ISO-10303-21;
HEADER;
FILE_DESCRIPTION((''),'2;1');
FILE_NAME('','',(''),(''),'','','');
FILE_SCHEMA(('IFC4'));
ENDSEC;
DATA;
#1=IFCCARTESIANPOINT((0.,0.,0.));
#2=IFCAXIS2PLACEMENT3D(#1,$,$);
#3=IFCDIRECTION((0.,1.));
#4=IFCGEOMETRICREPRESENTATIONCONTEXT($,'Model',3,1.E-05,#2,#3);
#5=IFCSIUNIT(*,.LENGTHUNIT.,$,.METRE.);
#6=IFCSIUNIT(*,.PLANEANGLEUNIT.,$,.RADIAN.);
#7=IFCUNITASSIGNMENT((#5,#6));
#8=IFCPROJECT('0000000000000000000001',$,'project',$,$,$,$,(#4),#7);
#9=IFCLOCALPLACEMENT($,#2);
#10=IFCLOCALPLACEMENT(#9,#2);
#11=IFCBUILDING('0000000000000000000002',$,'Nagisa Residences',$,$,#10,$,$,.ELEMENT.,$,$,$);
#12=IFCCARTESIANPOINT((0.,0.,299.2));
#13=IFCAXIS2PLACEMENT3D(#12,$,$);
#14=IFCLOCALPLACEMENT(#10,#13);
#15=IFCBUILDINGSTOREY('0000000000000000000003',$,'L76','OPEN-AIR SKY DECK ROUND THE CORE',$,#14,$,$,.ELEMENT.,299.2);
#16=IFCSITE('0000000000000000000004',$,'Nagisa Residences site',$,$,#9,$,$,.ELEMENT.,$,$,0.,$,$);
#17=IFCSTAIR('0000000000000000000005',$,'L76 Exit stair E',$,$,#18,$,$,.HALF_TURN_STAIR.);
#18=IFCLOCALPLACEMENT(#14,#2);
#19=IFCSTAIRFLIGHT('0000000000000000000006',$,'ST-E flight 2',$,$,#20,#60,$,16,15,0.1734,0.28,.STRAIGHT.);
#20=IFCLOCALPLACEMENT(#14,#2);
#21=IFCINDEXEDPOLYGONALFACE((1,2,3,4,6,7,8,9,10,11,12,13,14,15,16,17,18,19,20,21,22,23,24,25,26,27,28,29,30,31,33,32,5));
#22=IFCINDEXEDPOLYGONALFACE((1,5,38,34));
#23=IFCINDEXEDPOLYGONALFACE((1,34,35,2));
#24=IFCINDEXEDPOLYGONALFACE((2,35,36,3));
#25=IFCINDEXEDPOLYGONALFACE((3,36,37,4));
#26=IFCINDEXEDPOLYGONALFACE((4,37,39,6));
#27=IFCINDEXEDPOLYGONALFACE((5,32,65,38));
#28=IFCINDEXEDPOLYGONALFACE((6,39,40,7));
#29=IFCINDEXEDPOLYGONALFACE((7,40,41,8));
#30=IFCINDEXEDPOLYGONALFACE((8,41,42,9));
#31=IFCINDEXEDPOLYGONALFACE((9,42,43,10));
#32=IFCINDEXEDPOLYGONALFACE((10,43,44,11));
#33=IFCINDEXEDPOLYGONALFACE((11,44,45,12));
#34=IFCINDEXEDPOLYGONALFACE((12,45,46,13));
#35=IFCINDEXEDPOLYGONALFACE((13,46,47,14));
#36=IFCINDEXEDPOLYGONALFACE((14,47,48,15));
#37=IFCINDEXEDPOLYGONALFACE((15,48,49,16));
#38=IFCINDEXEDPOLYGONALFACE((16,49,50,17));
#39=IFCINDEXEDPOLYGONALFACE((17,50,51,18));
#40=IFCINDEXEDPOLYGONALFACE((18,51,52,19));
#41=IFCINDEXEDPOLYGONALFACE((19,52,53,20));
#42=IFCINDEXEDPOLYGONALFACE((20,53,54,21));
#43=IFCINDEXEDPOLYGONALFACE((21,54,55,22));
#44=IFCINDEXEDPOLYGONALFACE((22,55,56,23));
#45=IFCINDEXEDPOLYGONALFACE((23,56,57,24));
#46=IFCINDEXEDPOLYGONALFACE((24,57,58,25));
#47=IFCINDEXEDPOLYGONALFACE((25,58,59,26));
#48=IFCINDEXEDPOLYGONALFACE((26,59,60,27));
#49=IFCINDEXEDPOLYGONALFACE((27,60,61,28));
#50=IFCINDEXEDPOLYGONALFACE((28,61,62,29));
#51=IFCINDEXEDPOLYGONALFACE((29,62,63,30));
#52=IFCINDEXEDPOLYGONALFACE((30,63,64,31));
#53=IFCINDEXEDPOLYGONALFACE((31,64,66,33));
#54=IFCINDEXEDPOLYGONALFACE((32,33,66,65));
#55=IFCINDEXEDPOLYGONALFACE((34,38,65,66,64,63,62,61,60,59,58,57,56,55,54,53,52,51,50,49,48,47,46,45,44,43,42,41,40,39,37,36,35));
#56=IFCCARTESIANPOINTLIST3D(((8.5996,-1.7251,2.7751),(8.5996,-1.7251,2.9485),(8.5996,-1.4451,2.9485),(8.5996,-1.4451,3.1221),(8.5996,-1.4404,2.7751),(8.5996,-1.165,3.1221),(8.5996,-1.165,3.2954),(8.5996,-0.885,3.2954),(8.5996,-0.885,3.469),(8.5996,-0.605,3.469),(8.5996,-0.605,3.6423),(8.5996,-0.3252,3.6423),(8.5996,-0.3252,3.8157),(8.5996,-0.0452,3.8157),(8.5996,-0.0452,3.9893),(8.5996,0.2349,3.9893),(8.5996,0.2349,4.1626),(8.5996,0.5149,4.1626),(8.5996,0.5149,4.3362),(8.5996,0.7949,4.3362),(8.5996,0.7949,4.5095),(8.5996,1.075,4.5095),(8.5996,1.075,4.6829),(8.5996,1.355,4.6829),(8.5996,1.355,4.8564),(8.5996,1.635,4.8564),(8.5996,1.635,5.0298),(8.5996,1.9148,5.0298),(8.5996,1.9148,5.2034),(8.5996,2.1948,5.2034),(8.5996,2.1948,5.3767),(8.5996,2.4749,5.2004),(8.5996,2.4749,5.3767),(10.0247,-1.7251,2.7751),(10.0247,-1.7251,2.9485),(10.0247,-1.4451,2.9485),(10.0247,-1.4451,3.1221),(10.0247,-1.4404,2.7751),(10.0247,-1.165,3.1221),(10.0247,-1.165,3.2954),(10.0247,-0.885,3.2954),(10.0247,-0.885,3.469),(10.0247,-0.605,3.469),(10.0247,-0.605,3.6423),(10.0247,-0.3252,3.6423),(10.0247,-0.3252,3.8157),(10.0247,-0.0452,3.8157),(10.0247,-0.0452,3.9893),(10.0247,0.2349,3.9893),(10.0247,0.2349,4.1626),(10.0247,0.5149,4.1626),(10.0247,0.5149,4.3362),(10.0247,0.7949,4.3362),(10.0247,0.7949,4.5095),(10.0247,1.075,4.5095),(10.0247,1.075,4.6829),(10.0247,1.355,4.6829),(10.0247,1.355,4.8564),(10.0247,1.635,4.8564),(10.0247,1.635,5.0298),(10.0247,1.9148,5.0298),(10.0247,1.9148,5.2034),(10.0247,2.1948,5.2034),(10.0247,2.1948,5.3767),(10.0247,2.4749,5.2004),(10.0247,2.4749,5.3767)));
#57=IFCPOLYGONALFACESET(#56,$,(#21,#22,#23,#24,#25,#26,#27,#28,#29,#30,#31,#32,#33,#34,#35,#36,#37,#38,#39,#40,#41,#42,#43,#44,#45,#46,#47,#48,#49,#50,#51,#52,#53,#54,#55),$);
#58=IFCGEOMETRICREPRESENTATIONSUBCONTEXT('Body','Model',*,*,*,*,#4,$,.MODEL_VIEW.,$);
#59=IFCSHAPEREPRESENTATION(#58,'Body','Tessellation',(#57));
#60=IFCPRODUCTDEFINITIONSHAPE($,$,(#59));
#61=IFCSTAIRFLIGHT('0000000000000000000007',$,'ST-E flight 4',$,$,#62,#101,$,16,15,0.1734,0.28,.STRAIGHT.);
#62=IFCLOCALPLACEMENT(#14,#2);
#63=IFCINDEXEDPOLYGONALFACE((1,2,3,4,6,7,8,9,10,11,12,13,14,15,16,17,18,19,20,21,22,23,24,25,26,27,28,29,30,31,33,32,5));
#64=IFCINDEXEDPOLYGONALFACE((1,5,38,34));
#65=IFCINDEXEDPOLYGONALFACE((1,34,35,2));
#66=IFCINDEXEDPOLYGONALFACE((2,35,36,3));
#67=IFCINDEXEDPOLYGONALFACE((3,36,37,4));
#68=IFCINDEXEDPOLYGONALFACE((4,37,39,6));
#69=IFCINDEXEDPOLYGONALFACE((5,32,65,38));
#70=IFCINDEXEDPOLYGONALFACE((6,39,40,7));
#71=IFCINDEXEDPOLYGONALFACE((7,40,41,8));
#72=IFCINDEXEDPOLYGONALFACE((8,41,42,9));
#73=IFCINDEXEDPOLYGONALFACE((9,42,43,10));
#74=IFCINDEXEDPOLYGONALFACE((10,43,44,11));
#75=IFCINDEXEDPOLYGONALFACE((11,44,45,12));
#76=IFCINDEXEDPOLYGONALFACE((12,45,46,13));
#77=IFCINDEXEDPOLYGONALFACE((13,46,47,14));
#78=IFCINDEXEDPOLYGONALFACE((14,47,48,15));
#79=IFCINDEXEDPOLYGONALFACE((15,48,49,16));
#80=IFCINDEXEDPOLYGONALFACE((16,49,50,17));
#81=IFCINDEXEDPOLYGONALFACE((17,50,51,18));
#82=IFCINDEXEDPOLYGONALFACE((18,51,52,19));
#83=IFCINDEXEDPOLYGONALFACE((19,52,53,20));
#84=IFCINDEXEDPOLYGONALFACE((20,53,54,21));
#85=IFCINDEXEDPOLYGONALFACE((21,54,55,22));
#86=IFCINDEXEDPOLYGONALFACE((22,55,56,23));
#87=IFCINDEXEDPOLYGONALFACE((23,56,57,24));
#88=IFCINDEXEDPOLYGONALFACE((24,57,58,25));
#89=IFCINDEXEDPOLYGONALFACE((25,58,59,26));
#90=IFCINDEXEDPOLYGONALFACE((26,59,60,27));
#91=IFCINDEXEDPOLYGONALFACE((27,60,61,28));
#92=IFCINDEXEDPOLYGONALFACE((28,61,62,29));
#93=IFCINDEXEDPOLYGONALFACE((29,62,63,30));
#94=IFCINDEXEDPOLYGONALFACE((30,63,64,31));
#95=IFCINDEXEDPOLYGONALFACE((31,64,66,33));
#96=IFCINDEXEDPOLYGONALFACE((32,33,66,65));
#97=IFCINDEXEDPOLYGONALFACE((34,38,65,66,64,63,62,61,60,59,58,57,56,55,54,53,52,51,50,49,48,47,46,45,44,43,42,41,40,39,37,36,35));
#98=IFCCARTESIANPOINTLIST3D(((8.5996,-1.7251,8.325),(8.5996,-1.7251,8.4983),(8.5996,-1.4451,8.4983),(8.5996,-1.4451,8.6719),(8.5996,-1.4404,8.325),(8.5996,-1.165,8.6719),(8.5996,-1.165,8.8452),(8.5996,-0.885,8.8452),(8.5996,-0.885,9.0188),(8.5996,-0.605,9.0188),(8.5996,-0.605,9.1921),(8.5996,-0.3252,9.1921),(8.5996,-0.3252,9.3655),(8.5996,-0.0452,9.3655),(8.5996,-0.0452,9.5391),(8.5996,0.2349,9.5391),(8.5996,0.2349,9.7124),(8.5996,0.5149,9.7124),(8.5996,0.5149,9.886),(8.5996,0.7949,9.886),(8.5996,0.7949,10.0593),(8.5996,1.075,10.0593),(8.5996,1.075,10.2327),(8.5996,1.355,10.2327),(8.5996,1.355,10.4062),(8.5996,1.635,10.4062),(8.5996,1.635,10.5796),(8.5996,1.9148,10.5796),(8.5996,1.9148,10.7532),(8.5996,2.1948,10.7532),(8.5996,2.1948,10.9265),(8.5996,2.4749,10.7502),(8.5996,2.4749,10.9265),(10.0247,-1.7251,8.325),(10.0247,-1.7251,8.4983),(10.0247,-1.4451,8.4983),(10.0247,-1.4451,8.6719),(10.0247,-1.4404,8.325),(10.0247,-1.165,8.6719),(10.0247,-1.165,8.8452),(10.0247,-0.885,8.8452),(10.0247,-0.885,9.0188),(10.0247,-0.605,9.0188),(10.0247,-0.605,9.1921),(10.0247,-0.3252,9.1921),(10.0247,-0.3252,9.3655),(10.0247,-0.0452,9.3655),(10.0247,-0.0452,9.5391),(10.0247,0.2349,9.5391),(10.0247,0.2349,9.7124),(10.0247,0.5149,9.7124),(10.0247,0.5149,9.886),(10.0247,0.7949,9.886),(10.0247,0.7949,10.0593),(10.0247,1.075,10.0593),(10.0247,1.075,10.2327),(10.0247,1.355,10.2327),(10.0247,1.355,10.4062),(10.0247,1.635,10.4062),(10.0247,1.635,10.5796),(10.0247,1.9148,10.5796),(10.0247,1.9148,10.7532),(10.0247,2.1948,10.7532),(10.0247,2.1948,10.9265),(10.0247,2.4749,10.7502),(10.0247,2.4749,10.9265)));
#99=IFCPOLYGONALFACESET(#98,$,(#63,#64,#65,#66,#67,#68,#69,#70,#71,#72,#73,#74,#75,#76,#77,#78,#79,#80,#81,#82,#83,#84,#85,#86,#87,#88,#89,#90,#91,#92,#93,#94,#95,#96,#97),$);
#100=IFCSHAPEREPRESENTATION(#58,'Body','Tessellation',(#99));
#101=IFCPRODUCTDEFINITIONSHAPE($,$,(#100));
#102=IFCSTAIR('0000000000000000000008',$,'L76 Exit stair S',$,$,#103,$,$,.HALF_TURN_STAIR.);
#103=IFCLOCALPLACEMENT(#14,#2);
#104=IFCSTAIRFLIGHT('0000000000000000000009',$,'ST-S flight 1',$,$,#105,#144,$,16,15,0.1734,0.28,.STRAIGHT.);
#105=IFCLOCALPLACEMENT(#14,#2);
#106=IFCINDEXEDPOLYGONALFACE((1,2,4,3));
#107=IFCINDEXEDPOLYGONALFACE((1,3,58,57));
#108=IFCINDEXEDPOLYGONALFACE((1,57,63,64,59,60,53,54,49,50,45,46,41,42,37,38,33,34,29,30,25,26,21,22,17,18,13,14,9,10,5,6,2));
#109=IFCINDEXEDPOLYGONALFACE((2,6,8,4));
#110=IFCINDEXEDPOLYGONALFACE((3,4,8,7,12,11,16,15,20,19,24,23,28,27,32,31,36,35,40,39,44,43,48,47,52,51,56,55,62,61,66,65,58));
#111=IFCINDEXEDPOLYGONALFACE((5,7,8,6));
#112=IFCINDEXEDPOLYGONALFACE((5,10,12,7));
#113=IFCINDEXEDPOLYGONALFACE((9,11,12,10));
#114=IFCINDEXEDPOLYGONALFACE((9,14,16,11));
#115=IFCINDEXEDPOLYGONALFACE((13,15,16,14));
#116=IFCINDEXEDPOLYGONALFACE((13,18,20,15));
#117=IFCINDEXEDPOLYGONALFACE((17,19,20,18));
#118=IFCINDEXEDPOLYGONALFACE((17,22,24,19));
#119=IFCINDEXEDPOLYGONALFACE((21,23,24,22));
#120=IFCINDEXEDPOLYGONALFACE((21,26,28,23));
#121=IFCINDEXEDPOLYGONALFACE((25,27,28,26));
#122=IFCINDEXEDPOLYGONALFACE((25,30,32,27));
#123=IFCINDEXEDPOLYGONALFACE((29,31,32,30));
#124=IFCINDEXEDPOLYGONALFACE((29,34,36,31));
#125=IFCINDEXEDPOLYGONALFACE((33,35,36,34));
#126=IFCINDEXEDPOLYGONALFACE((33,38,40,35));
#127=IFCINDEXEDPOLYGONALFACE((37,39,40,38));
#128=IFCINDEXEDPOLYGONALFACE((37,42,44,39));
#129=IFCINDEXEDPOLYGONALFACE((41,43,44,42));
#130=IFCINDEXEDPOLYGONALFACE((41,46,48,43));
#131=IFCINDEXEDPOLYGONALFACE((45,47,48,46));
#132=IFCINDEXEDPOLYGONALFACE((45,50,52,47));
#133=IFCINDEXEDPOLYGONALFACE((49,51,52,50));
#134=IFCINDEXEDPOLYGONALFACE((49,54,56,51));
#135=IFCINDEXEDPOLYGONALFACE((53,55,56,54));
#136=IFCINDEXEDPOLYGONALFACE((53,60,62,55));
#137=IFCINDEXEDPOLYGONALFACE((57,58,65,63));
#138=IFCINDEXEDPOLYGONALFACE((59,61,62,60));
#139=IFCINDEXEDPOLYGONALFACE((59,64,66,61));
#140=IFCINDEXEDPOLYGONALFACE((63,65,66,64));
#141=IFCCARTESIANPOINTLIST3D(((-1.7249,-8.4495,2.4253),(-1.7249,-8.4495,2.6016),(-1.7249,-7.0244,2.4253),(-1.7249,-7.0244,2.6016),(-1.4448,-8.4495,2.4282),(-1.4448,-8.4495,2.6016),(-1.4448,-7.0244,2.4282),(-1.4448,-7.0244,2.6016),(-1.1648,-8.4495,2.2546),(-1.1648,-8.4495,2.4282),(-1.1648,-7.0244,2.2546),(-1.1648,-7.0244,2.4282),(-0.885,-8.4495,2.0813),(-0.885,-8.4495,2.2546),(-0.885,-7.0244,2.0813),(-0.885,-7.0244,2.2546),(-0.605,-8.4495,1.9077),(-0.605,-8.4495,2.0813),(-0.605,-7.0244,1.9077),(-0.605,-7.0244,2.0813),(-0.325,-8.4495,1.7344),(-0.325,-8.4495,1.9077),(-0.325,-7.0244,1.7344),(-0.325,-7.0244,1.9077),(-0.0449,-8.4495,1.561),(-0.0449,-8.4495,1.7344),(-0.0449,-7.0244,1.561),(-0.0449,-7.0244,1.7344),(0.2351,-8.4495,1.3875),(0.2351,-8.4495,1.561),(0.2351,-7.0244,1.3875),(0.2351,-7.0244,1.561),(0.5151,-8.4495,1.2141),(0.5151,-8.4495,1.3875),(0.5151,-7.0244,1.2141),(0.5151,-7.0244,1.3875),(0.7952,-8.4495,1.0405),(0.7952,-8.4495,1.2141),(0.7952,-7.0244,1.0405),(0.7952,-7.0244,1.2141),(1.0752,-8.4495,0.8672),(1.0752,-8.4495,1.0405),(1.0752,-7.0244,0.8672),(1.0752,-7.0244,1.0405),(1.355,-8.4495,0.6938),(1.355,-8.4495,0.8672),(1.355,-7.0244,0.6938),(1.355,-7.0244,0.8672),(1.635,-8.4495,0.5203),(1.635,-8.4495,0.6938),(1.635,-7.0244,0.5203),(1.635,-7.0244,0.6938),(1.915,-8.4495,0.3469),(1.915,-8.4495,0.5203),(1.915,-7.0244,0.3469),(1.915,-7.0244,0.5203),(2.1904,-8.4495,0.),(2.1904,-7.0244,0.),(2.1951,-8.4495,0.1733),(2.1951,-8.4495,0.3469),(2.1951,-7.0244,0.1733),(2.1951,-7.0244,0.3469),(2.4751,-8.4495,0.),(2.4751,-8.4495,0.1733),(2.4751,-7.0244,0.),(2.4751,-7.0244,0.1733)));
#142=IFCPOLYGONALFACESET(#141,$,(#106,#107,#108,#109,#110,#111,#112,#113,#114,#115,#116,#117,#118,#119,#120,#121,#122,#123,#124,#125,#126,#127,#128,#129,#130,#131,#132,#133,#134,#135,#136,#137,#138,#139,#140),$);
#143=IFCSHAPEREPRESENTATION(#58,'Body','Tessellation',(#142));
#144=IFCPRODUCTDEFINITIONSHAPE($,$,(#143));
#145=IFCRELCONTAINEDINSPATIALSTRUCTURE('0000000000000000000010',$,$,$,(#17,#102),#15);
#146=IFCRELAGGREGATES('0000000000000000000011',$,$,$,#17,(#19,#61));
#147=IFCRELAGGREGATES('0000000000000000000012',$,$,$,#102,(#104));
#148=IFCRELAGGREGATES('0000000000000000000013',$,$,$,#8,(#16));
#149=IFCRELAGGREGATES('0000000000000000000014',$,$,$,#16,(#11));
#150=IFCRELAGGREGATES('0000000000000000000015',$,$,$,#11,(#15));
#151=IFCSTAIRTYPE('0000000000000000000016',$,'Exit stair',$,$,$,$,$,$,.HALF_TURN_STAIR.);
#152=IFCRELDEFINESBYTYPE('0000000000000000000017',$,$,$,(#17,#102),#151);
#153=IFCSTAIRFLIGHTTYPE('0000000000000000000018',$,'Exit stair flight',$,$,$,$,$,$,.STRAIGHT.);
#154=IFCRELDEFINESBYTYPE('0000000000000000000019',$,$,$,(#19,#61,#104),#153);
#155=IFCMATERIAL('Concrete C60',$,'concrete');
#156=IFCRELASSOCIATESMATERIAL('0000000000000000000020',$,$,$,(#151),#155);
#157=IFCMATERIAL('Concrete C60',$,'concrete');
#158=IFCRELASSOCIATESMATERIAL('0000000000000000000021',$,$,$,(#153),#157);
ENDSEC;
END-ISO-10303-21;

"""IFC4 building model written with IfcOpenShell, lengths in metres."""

from ifc_helpers import new_model, si_unit, direction, frame, origin, place, context, subcontext, project, spatial, polyline, outline, extrude, material, type_object, element, aggregate, save


model = new_model("IFC4")

# Units and contexts
model_context = context("Model", 3, precision=1e-05, world=origin(), true_north=direction((0.0, 1.0)))
body_context = subcontext(model_context, "Body", "Model", "MODEL_VIEW")
ifc_project = project(units=[si_unit("LENGTHUNIT", "METRE"), si_unit("PLANEANGLEUNIT", "RADIAN")], contexts=[model_context])

# Site, building, storey
site_placement = place(None, origin())
site = spatial("IfcSite", under=ifc_project, at=site_placement, Name="Nagisa Residences site", CompositionType="ELEMENT", RefElevation=0.0)
building_placement = place(site_placement, origin())
building = spatial("IfcBuilding", under=site, at=building_placement, Name="Nagisa Residences", CompositionType="ELEMENT")
storey_placement = place(building_placement, frame((0.0, 0.0, 299.2)))
storey = spatial("IfcBuildingStorey", under=building, at=storey_placement, Name="L76", Description="OPEN-AIR SKY DECK ROUND THE CORE", CompositionType="ELEMENT", Elevation=299.2)

# Stairs, stair flights
ifc_material_1 = material(Name="Concrete C60", Category="concrete")
stair_type = type_object("IfcStairType", Name="Exit stair", PredefinedType="HALF_TURN_STAIR", material=ifc_material_1)
stair_1_placement = place(storey_placement, origin())
stair_1 = element("IfcStair", 1, at=stair_1_placement, inside=storey, type_object=stair_type, Name="L76 Exit stair E", PredefinedType="HALF_TURN_STAIR")
ifc_material_2 = material(Name="Concrete C60", Category="concrete")
stair_flight_type = type_object("IfcStairFlightType", Name="Exit stair flight", PredefinedType="STRAIGHT", material=ifc_material_2)
stair_flight_1_placement = place(storey_placement, frame((9.312, -1.7251, 2.7751), z_axis=(0.0, 0.0, 1.0), x_axis=(0.0, 1.0, 0.0)))
stair_flight_1 = element("IfcStairFlight", 2, at=stair_flight_1_placement, type_object=stair_flight_type, Name="ST-E flight 2", NumberOfRisers=16, NumberOfTreads=15, PredefinedType="STRAIGHT", RiserHeight=0.1734, TreadLength=0.28, context=body_context, shape_type="SweptSolid", body=[
    extrude(outline(polyline([(0.0, 0.0), (0.0, 0.1733), (0.28, 0.1733), (0.28, 0.3469), (0.5601, 0.3469), (0.5601, 0.5203), (0.8401, 0.5203), (0.8401, 0.6938), (1.1201, 0.6938), (1.1201, 0.8672), (1.3999, 0.8672), (1.3999, 1.0405), (1.6799, 1.0405), (1.6799, 1.2141), (1.96, 1.2141), (1.96, 1.3875), (2.24, 1.3875), (2.24, 1.561), (2.52, 1.561), (2.52, 1.7344), (2.8, 1.7344), (2.8, 1.9077), (3.0801, 1.9077), (3.0801, 2.0813), (3.3601, 2.0813), (3.3601, 2.2546), (3.6399, 2.2546), (3.6399, 2.4282), (3.9199, 2.4282), (3.9199, 2.6016), (4.2, 2.6016), (4.2, 2.7749), (4.2, 2.4253), (0.2847, 0.0), (0.0, 0.0)])), frame((0.0, 0.7124, 0.0), z_axis=(0.0, -1.0, 0.0), x_axis=(1.0, 0.0, 0.0)), (0.0, 0.0, 1.0), 1.425),
])
stair_flight_2_placement = place(storey_placement, frame((9.312, -1.7251, 8.325), z_axis=(0.0, 0.0, 1.0), x_axis=(0.0, 1.0, 0.0)))
stair_flight_2 = element("IfcStairFlight", 3, at=stair_flight_2_placement, type_object=stair_flight_type, Name="ST-E flight 4", NumberOfRisers=16, NumberOfTreads=15, PredefinedType="STRAIGHT", RiserHeight=0.1734, TreadLength=0.28, context=body_context, shape_type="SweptSolid", body=[
    extrude(outline(polyline([(0.0, 0.0), (0.0, 0.1733), (0.28, 0.1733), (0.28, 0.3469), (0.5601, 0.3469), (0.5601, 0.5203), (0.8401, 0.5203), (0.8401, 0.6938), (1.1201, 0.6938), (1.1201, 0.8672), (1.3999, 0.8672), (1.3999, 1.0405), (1.6799, 1.0405), (1.6799, 1.2141), (1.96, 1.2141), (1.96, 1.3875), (2.24, 1.3875), (2.24, 1.561), (2.52, 1.561), (2.52, 1.7344), (2.8, 1.7344), (2.8, 1.9077), (3.0801, 1.9077), (3.0801, 2.0813), (3.3601, 2.0813), (3.3601, 2.2546), (3.6399, 2.2546), (3.6399, 2.4282), (3.9199, 2.4282), (3.9199, 2.6016), (4.2, 2.6016), (4.2, 2.7749), (4.2, 2.4253), (0.2847, 0.0), (0.0, 0.0)])), frame((0.0, 0.7124, 0.0), z_axis=(0.0, -1.0, 0.0), x_axis=(1.0, 0.0, 0.0)), (0.0, 0.0, 1.0), 1.425),
])
aggregate(stair_1, [stair_flight_1, stair_flight_2])
stair_2_placement = place(storey_placement, origin())
stair_2 = element("IfcStair", 4, at=stair_2_placement, inside=storey, type_object=stair_type, Name="L76 Exit stair S", PredefinedType="HALF_TURN_STAIR")
stair_flight_3_placement = place(storey_placement, frame((2.4751, -7.7371, 0.0), z_axis=(0.0, 0.0, 1.0), x_axis=(-1.0, 0.0, 0.0)))
stair_flight_3 = element("IfcStairFlight", 5, at=stair_flight_3_placement, type_object=stair_flight_type, Name="ST-S flight 1", NumberOfRisers=16, NumberOfTreads=15, PredefinedType="STRAIGHT", RiserHeight=0.1734, TreadLength=0.28, context=body_context, shape_type="SweptSolid", body=[
    extrude(outline(polyline([(0.0, 0.0), (0.0, 0.1733), (0.28, 0.1733), (0.28, 0.3469), (0.5601, 0.3469), (0.5601, 0.5203), (0.8401, 0.5203), (0.8401, 0.6938), (1.1201, 0.6938), (1.1201, 0.8672), (1.3999, 0.8672), (1.3999, 1.0405), (1.6799, 1.0405), (1.6799, 1.2141), (1.96, 1.2141), (1.96, 1.3875), (2.24, 1.3875), (2.24, 1.561), (2.52, 1.561), (2.52, 1.7344), (2.8, 1.7344), (2.8, 1.9077), (3.0801, 1.9077), (3.0801, 2.0813), (3.3601, 2.0813), (3.3601, 2.2546), (3.6399, 2.2546), (3.6399, 2.4282), (3.9199, 2.4282), (3.9199, 2.6016), (4.2, 2.6016), (4.2, 2.7749), (4.2, 2.4253), (0.2847, 0.0), (0.0, 0.0)])), frame((0.0, 0.7124, 0.0), z_axis=(0.0, -1.0, 0.0), x_axis=(1.0, 0.0, 0.0)), (0.0, 0.0, 1.0), 1.425),
])
aggregate(stair_2, [stair_flight_3])

save(model, "model.ifc")
